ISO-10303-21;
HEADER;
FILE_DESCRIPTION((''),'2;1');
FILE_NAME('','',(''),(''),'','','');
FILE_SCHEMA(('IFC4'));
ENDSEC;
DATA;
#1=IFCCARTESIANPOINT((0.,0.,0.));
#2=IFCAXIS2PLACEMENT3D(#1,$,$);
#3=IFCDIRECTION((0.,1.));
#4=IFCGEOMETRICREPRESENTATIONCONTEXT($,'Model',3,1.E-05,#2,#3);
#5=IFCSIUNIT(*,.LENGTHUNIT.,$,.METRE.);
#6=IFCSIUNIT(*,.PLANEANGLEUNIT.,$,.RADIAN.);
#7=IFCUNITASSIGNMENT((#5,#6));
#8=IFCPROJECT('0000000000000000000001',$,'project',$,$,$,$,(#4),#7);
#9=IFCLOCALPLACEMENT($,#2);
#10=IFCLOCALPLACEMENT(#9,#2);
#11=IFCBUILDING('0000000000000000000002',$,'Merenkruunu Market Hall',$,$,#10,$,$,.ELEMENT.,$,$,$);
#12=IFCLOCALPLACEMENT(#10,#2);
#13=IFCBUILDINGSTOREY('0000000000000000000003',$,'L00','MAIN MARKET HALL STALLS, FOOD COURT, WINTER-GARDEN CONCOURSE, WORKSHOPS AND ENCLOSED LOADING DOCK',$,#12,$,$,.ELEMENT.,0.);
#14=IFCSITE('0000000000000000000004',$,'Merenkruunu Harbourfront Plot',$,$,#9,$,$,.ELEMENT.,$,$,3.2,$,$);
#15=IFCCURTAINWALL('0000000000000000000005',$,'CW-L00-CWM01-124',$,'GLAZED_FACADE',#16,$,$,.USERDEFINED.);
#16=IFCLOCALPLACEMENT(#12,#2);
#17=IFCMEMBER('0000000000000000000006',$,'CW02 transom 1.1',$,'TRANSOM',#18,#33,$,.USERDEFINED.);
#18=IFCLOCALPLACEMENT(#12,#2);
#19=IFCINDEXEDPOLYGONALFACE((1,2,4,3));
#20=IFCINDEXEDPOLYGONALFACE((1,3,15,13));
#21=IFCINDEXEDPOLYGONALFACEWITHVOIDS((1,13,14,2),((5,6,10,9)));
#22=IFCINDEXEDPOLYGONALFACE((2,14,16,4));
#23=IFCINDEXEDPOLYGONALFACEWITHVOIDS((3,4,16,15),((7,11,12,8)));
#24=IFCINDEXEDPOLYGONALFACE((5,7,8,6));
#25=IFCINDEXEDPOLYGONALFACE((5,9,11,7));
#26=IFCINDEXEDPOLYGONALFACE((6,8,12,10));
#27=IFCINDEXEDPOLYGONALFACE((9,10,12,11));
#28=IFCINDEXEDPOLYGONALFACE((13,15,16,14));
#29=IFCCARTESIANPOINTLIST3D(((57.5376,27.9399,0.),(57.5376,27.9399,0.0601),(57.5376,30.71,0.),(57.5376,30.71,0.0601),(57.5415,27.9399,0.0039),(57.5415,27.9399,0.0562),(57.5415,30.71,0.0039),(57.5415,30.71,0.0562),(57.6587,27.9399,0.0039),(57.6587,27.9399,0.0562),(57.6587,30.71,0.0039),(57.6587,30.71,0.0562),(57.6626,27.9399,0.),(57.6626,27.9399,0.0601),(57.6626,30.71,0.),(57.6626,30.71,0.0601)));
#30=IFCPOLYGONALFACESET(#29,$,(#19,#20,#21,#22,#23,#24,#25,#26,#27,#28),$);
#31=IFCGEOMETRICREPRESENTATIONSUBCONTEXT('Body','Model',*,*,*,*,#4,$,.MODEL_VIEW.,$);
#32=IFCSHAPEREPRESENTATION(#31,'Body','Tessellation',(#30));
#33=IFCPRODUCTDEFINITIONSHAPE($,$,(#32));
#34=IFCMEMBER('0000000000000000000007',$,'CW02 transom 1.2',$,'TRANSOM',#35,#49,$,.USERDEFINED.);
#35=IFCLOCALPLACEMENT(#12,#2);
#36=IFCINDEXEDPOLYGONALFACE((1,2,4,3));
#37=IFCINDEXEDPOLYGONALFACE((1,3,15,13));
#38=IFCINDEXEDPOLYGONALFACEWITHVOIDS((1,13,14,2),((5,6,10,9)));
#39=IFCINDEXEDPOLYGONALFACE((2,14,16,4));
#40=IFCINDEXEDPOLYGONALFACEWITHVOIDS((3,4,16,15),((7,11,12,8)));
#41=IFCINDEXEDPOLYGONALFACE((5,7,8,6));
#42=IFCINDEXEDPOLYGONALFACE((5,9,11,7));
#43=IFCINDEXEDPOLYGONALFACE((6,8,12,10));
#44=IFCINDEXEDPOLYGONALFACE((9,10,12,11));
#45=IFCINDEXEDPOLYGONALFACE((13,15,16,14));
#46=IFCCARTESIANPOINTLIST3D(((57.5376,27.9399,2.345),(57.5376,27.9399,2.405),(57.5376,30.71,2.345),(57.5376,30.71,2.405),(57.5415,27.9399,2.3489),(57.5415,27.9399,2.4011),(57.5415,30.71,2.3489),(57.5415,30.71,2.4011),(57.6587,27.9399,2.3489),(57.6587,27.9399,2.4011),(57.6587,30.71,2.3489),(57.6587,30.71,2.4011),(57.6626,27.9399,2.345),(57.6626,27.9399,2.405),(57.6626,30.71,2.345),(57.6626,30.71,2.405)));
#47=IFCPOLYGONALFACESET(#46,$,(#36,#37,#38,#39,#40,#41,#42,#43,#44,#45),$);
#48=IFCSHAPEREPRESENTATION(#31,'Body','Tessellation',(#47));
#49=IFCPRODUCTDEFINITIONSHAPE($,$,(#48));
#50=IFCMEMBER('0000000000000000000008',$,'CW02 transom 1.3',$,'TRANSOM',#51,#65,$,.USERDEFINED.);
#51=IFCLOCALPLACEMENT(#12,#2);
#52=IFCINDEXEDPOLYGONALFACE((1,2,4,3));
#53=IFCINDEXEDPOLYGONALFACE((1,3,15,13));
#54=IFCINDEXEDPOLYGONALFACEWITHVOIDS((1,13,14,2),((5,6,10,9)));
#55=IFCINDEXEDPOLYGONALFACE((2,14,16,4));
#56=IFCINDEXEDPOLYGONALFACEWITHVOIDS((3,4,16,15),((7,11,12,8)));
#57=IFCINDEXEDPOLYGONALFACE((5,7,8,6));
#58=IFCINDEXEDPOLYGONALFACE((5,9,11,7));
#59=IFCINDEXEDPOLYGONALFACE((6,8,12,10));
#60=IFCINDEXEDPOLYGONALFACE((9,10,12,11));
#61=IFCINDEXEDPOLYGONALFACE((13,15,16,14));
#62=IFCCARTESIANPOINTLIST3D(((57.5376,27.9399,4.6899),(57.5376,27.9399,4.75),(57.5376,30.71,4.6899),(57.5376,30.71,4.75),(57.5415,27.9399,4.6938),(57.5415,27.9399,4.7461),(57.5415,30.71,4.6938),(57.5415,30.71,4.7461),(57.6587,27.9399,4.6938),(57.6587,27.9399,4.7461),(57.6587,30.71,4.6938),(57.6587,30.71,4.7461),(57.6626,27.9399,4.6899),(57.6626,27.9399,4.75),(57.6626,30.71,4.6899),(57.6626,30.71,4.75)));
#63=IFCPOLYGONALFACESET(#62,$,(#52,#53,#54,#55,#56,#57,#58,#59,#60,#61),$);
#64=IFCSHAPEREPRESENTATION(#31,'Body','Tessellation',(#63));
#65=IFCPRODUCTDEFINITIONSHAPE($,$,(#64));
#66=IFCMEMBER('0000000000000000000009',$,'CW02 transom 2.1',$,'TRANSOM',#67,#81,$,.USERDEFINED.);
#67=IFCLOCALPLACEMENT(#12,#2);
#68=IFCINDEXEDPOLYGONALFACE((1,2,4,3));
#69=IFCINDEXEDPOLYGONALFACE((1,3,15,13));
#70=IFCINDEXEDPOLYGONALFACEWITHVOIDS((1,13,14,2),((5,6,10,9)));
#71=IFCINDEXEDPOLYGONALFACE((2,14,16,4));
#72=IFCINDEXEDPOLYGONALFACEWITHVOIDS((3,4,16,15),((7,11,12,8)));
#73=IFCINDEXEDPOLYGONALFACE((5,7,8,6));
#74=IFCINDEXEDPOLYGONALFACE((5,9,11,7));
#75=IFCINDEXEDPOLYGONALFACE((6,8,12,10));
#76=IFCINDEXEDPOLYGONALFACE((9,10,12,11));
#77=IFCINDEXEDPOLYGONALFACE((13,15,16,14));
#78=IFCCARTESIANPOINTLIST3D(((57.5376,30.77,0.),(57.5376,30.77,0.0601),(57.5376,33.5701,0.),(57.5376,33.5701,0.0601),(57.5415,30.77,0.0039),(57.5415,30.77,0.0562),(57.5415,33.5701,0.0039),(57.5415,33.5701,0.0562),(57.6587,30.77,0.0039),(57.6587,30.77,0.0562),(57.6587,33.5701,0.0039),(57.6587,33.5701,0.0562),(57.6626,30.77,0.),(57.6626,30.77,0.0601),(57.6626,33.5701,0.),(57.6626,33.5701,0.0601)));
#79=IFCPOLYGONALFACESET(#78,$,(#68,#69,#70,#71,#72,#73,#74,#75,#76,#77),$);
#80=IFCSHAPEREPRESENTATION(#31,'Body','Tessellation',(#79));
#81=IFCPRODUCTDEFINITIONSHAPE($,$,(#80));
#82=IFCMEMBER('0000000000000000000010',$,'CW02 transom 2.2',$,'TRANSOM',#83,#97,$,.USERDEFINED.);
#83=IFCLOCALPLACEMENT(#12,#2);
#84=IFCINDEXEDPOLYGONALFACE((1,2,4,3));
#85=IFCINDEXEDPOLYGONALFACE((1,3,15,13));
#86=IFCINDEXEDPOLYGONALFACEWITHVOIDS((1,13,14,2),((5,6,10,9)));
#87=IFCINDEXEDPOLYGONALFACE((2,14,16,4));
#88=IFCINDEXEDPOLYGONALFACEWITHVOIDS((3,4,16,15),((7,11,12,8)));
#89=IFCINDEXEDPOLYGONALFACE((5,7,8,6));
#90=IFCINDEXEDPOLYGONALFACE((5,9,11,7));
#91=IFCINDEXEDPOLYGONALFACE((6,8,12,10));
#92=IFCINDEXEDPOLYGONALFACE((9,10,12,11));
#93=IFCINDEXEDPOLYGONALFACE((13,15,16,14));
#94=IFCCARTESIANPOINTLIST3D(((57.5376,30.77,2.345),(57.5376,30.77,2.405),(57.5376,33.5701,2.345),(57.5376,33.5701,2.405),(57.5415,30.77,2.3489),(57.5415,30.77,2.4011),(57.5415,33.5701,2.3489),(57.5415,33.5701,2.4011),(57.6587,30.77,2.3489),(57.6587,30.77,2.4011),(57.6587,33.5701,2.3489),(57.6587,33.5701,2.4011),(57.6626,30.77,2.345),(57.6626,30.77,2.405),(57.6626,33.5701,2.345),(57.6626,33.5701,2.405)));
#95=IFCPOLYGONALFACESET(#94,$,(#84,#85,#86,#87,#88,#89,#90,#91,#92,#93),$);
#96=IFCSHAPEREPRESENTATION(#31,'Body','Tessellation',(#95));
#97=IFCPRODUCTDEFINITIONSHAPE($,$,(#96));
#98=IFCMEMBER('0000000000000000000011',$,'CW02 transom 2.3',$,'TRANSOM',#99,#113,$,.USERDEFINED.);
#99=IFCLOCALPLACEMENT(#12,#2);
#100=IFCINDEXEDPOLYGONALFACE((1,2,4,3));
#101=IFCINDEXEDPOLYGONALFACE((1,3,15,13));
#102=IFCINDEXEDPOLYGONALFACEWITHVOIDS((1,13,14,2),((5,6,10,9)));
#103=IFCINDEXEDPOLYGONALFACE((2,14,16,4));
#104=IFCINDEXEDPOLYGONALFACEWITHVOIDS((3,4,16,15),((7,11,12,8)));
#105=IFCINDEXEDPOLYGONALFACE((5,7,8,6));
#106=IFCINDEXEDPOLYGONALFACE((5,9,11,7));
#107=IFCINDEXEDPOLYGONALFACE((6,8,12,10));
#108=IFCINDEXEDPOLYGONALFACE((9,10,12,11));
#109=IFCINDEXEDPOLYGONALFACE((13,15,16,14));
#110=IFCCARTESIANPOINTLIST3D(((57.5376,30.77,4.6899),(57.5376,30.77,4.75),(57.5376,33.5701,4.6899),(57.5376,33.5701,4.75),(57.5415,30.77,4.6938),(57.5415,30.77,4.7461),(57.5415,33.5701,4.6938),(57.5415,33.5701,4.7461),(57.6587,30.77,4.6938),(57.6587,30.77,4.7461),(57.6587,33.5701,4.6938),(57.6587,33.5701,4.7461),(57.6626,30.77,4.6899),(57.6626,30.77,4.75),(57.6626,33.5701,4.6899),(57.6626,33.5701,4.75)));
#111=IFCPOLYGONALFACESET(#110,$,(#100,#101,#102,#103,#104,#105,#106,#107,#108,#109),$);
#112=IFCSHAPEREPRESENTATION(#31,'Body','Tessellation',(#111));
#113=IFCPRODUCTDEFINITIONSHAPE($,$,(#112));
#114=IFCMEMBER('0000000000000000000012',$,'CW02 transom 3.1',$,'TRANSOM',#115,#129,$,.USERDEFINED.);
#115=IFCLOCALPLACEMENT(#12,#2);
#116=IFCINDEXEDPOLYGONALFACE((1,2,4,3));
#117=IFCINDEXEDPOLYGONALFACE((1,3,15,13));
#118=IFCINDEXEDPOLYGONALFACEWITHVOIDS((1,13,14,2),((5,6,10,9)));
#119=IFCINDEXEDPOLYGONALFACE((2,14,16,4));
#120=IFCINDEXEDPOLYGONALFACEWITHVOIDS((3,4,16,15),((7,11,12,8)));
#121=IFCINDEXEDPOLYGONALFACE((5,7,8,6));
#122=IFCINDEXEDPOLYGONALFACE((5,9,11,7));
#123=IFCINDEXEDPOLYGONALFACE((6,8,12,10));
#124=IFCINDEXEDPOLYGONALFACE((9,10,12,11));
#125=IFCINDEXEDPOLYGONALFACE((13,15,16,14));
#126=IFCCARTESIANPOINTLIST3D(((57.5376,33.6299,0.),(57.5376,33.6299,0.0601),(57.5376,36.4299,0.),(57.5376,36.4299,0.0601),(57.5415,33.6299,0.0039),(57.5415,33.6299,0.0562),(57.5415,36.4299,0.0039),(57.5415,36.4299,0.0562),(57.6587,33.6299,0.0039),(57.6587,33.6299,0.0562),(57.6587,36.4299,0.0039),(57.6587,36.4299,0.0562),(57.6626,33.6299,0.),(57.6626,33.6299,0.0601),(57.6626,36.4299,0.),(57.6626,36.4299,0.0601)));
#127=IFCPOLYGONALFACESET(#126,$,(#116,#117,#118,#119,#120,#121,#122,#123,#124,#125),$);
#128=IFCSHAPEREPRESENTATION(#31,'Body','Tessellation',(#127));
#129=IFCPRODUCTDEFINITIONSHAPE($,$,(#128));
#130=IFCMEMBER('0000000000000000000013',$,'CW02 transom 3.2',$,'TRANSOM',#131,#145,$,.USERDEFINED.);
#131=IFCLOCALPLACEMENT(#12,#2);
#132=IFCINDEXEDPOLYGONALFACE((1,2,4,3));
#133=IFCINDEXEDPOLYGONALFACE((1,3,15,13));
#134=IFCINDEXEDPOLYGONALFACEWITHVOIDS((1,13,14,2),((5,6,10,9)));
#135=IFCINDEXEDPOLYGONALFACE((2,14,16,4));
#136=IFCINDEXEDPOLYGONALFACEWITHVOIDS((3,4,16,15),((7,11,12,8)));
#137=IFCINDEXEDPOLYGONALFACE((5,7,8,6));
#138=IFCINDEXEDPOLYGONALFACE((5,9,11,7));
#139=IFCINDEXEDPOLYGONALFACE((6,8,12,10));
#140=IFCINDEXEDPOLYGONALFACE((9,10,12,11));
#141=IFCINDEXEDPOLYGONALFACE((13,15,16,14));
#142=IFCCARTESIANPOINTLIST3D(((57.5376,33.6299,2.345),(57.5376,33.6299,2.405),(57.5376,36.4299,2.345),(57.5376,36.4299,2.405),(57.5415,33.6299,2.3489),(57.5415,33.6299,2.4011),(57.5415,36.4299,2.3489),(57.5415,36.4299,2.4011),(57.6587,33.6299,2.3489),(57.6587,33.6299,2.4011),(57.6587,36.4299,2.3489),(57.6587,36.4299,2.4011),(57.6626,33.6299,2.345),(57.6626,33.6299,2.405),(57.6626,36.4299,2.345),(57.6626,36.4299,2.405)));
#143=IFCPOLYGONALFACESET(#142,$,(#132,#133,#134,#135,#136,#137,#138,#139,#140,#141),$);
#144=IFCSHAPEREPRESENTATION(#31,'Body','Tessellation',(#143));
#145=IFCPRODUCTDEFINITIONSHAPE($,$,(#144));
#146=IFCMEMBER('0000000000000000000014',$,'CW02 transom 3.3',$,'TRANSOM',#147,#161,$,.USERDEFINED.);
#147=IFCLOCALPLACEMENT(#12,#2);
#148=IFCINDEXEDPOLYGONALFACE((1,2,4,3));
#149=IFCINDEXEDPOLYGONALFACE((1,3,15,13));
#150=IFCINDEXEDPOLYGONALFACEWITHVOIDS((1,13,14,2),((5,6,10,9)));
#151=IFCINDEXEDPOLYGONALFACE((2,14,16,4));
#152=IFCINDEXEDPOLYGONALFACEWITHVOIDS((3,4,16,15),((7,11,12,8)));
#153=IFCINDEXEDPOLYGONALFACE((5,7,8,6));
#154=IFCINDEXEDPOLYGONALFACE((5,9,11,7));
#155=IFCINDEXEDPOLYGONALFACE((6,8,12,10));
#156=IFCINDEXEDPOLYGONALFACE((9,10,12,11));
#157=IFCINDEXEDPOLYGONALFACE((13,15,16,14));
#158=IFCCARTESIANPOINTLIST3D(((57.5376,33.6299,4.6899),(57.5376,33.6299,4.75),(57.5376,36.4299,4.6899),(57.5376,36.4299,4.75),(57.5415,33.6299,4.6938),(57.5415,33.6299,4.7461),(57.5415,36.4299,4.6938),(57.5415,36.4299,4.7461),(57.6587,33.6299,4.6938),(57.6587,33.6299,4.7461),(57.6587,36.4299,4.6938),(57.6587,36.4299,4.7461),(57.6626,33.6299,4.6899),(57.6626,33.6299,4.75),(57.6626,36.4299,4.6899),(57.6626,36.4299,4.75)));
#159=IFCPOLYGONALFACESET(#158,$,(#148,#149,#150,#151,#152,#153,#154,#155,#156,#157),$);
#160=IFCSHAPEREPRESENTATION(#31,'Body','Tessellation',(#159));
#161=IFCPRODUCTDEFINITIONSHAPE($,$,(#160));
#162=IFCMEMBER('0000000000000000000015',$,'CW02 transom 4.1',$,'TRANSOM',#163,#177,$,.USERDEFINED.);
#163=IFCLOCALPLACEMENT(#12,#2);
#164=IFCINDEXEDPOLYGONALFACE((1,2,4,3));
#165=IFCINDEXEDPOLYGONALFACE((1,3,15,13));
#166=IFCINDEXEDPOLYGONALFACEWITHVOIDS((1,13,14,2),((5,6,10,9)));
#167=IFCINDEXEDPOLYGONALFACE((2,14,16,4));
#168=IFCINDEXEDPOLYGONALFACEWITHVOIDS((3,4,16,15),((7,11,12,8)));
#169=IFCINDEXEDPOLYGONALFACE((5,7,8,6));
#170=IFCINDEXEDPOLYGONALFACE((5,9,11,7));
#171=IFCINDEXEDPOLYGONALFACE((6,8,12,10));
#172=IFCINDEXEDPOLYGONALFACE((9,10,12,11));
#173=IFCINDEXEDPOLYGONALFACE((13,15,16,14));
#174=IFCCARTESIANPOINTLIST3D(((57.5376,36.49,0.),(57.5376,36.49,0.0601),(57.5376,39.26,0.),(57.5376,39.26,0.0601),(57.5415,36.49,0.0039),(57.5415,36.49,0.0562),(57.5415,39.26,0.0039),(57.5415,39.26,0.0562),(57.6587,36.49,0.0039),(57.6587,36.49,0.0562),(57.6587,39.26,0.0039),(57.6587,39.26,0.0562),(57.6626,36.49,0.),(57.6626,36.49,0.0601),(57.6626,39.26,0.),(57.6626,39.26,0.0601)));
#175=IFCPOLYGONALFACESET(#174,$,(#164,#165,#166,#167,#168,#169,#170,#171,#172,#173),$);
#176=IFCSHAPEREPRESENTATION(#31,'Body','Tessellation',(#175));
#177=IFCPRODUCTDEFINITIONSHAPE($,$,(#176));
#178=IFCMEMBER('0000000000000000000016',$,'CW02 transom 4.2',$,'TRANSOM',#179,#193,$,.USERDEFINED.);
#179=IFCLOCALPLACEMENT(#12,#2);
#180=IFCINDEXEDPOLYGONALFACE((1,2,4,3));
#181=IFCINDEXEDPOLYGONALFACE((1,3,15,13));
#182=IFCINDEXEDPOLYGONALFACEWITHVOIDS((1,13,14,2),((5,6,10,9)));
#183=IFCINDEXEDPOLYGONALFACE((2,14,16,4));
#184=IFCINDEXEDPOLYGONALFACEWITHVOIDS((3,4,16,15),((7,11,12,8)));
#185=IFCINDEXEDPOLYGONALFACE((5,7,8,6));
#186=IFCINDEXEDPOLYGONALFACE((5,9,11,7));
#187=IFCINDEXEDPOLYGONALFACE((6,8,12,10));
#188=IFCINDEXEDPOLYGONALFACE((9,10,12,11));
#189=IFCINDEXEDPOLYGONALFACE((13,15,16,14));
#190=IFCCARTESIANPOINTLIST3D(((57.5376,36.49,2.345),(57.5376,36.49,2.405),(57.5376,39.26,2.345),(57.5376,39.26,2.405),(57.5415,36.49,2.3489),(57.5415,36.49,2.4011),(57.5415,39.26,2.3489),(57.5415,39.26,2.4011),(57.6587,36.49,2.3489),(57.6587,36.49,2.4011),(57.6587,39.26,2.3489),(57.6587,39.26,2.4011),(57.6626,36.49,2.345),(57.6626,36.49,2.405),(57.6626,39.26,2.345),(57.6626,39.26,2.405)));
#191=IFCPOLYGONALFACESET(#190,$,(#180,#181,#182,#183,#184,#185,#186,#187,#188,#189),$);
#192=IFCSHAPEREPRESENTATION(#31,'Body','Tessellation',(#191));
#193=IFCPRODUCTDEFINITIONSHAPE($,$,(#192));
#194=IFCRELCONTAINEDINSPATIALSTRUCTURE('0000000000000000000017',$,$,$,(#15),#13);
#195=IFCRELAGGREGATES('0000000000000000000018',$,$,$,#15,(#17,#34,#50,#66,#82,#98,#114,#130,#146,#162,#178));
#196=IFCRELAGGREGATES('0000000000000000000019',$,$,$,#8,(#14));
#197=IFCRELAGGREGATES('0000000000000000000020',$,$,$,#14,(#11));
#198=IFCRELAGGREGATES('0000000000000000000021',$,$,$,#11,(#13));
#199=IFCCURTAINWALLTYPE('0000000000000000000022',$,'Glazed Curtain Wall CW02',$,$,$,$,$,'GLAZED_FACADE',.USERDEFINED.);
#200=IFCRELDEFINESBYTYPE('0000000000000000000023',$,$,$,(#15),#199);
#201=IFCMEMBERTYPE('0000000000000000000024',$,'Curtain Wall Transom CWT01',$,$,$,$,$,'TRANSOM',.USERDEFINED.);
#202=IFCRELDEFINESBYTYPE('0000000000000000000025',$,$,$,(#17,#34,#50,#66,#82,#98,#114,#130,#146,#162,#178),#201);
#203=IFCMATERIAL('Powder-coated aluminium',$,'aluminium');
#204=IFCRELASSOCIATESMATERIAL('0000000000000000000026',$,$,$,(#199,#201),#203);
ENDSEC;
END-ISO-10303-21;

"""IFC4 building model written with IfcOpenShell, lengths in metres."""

from ifc_helpers import new_model, si_unit, direction, frame, origin, origin_2d, place, context, subcontext, project, spatial, hollow_rectangle, extrude, material, material_profile, profile_set, type_object, element, aggregate, save


model = new_model("IFC4")

# Units and contexts
model_context = context("Model", 3, precision=1e-05, world=origin(), true_north=direction((0.0, 1.0)))
body_context = subcontext(model_context, "Body", "Model", "MODEL_VIEW")
ifc_project = project(units=[si_unit("LENGTHUNIT", "METRE"), si_unit("PLANEANGLEUNIT", "RADIAN")], contexts=[model_context])

# Site, building, storey
site_placement = place(None, origin())
site = spatial("IfcSite", under=ifc_project, at=site_placement, Name="Merenkruunu Harbourfront Plot", CompositionType="ELEMENT", RefElevation=3.2)
building_placement = place(site_placement, origin())
building = spatial("IfcBuilding", under=site, at=building_placement, Name="Merenkruunu Market Hall", CompositionType="ELEMENT")
storey_placement = place(building_placement, origin())
storey = spatial("IfcBuildingStorey", under=building, at=storey_placement, Name="L00", Description="MAIN MARKET HALL STALLS, FOOD COURT, WINTER-GARDEN CONCOURSE, WORKSHOPS AND ENCLOSED LOADING DOCK", CompositionType="ELEMENT", Elevation=0.0)

# Shared definitions
ifc_material_1 = material(Name="Powder-coated aluminium", Category="aluminium")
curtain_wall_type = type_object("IfcCurtainWallType", Name="Glazed Curtain Wall CW02", ElementType="GLAZED_FACADE", PredefinedType="USERDEFINED", material=ifc_material_1)

# Curtain wall
curtain_wall_1_placement = place(storey_placement, origin())
curtain_wall_1 = element("IfcCurtainWall", 1, at=curtain_wall_1_placement, inside=storey, type_object=curtain_wall_type, Name="CW-L00-CWM01-124", ObjectType="GLAZED_FACADE", PredefinedType="USERDEFINED")

# Members
ifc_material_profile_1 = material_profile(ifc_material_1, hollow_rectangle(XDim=0.0601, YDim=0.125, WallThickness=0.0039, at=origin_2d()), Name="ALU 60x125x4")
ifc_profile_set_1 = profile_set([ifc_material_profile_1], Name="Powder-coated aluminium")
member_type_1 = type_object("IfcMemberType", Name="Curtain Wall Transom CWT01", ElementType="TRANSOM", PredefinedType="USERDEFINED", material=ifc_profile_set_1)
member_1_placement = place(storey_placement, frame((57.6001, 27.9399, 0.03), z_axis=(0.0, 1.0, 0.0), x_axis=(0.0, 0.0, 1.0)))
member_1 = element("IfcMember", 2, at=member_1_placement, type_object=member_type_1, Name="CW02 transom 1.1", ObjectType="TRANSOM", PredefinedType="USERDEFINED", context=body_context, shape_type="SweptSolid", body=[
    extrude(hollow_rectangle(XDim=0.0601, YDim=0.125, WallThickness=0.0039, at=origin_2d()), origin(), (0.0, 0.0, 1.0), 2.77),
])
member_2_placement = place(storey_placement, frame((57.6001, 27.9399, 2.375), z_axis=(0.0, 1.0, 0.0), x_axis=(0.0, 0.0, 1.0)))
member_2 = element("IfcMember", 3, at=member_2_placement, type_object=member_type_1, Name="CW02 transom 1.2", ObjectType="TRANSOM", PredefinedType="USERDEFINED", context=body_context, shape_type="SweptSolid", body=[
    extrude(hollow_rectangle(XDim=0.0601, YDim=0.125, WallThickness=0.0039, at=origin_2d()), origin(), (0.0, 0.0, 1.0), 2.77),
])
member_3_placement = place(storey_placement, frame((57.6001, 27.9399, 4.72), z_axis=(0.0, 1.0, 0.0), x_axis=(0.0, 0.0, 1.0)))
member_3 = element("IfcMember", 4, at=member_3_placement, type_object=member_type_1, Name="CW02 transom 1.3", ObjectType="TRANSOM", PredefinedType="USERDEFINED", context=body_context, shape_type="SweptSolid", body=[
    extrude(hollow_rectangle(XDim=0.0601, YDim=0.125, WallThickness=0.0039, at=origin_2d()), origin(), (0.0, 0.0, 1.0), 2.77),
])
member_4_placement = place(storey_placement, frame((57.6001, 30.77, 0.03), z_axis=(0.0, 1.0, 0.0), x_axis=(0.0, 0.0, 1.0)))
member_4 = element("IfcMember", 5, at=member_4_placement, type_object=member_type_1, Name="CW02 transom 2.1", ObjectType="TRANSOM", PredefinedType="USERDEFINED", context=body_context, shape_type="SweptSolid", body=[
    extrude(hollow_rectangle(XDim=0.0601, YDim=0.125, WallThickness=0.0039, at=origin_2d()), origin(), (0.0, 0.0, 1.0), 2.8),
])
member_5_placement = place(storey_placement, frame((57.6001, 30.77, 2.375), z_axis=(0.0, 1.0, 0.0), x_axis=(0.0, 0.0, 1.0)))
member_5 = element("IfcMember", 6, at=member_5_placement, type_object=member_type_1, Name="CW02 transom 2.2", ObjectType="TRANSOM", PredefinedType="USERDEFINED", context=body_context, shape_type="SweptSolid", body=[
    extrude(hollow_rectangle(XDim=0.0601, YDim=0.125, WallThickness=0.0039, at=origin_2d()), origin(), (0.0, 0.0, 1.0), 2.8),
])
member_6_placement = place(storey_placement, frame((57.6001, 30.77, 4.72), z_axis=(0.0, 1.0, 0.0), x_axis=(0.0, 0.0, 1.0)))
member_6 = element("IfcMember", 7, at=member_6_placement, type_object=member_type_1, Name="CW02 transom 2.3", ObjectType="TRANSOM", PredefinedType="USERDEFINED", context=body_context, shape_type="SweptSolid", body=[
    extrude(hollow_rectangle(XDim=0.0601, YDim=0.125, WallThickness=0.0039, at=origin_2d()), origin(), (0.0, 0.0, 1.0), 2.8),
])
member_7_placement = place(storey_placement, frame((57.6001, 33.6299, 0.03), z_axis=(0.0, 1.0, 0.0), x_axis=(0.0, 0.0, 1.0)))
member_7 = element("IfcMember", 8, at=member_7_placement, type_object=member_type_1, Name="CW02 transom 3.1", ObjectType="TRANSOM", PredefinedType="USERDEFINED", context=body_context, shape_type="SweptSolid", body=[
    extrude(hollow_rectangle(XDim=0.0601, YDim=0.125, WallThickness=0.0039, at=origin_2d()), origin(), (0.0, 0.0, 1.0), 2.8),
])
member_8_placement = place(storey_placement, frame((57.6001, 33.6299, 2.375), z_axis=(0.0, 1.0, 0.0), x_axis=(0.0, 0.0, 1.0)))
member_8 = element("IfcMember", 9, at=member_8_placement, type_object=member_type_1, Name="CW02 transom 3.2", ObjectType="TRANSOM", PredefinedType="USERDEFINED", context=body_context, shape_type="SweptSolid", body=[
    extrude(hollow_rectangle(XDim=0.0601, YDim=0.125, WallThickness=0.0039, at=origin_2d()), origin(), (0.0, 0.0, 1.0), 2.8),
])
member_9_placement = place(storey_placement, frame((57.6001, 33.6299, 4.72), z_axis=(0.0, 1.0, 0.0), x_axis=(0.0, 0.0, 1.0)))
member_9 = element("IfcMember", 10, at=member_9_placement, type_object=member_type_1, Name="CW02 transom 3.3", ObjectType="TRANSOM", PredefinedType="USERDEFINED", context=body_context, shape_type="SweptSolid", body=[
    extrude(hollow_rectangle(XDim=0.0601, YDim=0.125, WallThickness=0.0039, at=origin_2d()), origin(), (0.0, 0.0, 1.0), 2.8),
])
member_10_placement = place(storey_placement, frame((57.6001, 36.49, 0.03), z_axis=(0.0, 1.0, 0.0), x_axis=(0.0, 0.0, 1.0)))
member_10 = element("IfcMember", 11, at=member_10_placement, type_object=member_type_1, Name="CW02 transom 4.1", ObjectType="TRANSOM", PredefinedType="USERDEFINED", context=body_context, shape_type="SweptSolid", body=[
    extrude(hollow_rectangle(XDim=0.0601, YDim=0.125, WallThickness=0.0039, at=origin_2d()), origin(), (0.0, 0.0, 1.0), 2.77),
])
member_11_placement = place(storey_placement, frame((57.6001, 36.49, 2.375), z_axis=(0.0, 1.0, 0.0), x_axis=(0.0, 0.0, 1.0)))
member_11 = element("IfcMember", 12, at=member_11_placement, type_object=member_type_1, Name="CW02 transom 4.2", ObjectType="TRANSOM", PredefinedType="USERDEFINED", context=body_context, shape_type="SweptSolid", body=[
    extrude(hollow_rectangle(XDim=0.0601, YDim=0.125, WallThickness=0.0039, at=origin_2d()), origin(), (0.0, 0.0, 1.0), 2.77),
])

aggregate(curtain_wall_1, [member_1, member_2, member_3, member_4, member_5, member_6, member_7, member_8, member_9, member_10, member_11])

save(model, "model.ifc")
